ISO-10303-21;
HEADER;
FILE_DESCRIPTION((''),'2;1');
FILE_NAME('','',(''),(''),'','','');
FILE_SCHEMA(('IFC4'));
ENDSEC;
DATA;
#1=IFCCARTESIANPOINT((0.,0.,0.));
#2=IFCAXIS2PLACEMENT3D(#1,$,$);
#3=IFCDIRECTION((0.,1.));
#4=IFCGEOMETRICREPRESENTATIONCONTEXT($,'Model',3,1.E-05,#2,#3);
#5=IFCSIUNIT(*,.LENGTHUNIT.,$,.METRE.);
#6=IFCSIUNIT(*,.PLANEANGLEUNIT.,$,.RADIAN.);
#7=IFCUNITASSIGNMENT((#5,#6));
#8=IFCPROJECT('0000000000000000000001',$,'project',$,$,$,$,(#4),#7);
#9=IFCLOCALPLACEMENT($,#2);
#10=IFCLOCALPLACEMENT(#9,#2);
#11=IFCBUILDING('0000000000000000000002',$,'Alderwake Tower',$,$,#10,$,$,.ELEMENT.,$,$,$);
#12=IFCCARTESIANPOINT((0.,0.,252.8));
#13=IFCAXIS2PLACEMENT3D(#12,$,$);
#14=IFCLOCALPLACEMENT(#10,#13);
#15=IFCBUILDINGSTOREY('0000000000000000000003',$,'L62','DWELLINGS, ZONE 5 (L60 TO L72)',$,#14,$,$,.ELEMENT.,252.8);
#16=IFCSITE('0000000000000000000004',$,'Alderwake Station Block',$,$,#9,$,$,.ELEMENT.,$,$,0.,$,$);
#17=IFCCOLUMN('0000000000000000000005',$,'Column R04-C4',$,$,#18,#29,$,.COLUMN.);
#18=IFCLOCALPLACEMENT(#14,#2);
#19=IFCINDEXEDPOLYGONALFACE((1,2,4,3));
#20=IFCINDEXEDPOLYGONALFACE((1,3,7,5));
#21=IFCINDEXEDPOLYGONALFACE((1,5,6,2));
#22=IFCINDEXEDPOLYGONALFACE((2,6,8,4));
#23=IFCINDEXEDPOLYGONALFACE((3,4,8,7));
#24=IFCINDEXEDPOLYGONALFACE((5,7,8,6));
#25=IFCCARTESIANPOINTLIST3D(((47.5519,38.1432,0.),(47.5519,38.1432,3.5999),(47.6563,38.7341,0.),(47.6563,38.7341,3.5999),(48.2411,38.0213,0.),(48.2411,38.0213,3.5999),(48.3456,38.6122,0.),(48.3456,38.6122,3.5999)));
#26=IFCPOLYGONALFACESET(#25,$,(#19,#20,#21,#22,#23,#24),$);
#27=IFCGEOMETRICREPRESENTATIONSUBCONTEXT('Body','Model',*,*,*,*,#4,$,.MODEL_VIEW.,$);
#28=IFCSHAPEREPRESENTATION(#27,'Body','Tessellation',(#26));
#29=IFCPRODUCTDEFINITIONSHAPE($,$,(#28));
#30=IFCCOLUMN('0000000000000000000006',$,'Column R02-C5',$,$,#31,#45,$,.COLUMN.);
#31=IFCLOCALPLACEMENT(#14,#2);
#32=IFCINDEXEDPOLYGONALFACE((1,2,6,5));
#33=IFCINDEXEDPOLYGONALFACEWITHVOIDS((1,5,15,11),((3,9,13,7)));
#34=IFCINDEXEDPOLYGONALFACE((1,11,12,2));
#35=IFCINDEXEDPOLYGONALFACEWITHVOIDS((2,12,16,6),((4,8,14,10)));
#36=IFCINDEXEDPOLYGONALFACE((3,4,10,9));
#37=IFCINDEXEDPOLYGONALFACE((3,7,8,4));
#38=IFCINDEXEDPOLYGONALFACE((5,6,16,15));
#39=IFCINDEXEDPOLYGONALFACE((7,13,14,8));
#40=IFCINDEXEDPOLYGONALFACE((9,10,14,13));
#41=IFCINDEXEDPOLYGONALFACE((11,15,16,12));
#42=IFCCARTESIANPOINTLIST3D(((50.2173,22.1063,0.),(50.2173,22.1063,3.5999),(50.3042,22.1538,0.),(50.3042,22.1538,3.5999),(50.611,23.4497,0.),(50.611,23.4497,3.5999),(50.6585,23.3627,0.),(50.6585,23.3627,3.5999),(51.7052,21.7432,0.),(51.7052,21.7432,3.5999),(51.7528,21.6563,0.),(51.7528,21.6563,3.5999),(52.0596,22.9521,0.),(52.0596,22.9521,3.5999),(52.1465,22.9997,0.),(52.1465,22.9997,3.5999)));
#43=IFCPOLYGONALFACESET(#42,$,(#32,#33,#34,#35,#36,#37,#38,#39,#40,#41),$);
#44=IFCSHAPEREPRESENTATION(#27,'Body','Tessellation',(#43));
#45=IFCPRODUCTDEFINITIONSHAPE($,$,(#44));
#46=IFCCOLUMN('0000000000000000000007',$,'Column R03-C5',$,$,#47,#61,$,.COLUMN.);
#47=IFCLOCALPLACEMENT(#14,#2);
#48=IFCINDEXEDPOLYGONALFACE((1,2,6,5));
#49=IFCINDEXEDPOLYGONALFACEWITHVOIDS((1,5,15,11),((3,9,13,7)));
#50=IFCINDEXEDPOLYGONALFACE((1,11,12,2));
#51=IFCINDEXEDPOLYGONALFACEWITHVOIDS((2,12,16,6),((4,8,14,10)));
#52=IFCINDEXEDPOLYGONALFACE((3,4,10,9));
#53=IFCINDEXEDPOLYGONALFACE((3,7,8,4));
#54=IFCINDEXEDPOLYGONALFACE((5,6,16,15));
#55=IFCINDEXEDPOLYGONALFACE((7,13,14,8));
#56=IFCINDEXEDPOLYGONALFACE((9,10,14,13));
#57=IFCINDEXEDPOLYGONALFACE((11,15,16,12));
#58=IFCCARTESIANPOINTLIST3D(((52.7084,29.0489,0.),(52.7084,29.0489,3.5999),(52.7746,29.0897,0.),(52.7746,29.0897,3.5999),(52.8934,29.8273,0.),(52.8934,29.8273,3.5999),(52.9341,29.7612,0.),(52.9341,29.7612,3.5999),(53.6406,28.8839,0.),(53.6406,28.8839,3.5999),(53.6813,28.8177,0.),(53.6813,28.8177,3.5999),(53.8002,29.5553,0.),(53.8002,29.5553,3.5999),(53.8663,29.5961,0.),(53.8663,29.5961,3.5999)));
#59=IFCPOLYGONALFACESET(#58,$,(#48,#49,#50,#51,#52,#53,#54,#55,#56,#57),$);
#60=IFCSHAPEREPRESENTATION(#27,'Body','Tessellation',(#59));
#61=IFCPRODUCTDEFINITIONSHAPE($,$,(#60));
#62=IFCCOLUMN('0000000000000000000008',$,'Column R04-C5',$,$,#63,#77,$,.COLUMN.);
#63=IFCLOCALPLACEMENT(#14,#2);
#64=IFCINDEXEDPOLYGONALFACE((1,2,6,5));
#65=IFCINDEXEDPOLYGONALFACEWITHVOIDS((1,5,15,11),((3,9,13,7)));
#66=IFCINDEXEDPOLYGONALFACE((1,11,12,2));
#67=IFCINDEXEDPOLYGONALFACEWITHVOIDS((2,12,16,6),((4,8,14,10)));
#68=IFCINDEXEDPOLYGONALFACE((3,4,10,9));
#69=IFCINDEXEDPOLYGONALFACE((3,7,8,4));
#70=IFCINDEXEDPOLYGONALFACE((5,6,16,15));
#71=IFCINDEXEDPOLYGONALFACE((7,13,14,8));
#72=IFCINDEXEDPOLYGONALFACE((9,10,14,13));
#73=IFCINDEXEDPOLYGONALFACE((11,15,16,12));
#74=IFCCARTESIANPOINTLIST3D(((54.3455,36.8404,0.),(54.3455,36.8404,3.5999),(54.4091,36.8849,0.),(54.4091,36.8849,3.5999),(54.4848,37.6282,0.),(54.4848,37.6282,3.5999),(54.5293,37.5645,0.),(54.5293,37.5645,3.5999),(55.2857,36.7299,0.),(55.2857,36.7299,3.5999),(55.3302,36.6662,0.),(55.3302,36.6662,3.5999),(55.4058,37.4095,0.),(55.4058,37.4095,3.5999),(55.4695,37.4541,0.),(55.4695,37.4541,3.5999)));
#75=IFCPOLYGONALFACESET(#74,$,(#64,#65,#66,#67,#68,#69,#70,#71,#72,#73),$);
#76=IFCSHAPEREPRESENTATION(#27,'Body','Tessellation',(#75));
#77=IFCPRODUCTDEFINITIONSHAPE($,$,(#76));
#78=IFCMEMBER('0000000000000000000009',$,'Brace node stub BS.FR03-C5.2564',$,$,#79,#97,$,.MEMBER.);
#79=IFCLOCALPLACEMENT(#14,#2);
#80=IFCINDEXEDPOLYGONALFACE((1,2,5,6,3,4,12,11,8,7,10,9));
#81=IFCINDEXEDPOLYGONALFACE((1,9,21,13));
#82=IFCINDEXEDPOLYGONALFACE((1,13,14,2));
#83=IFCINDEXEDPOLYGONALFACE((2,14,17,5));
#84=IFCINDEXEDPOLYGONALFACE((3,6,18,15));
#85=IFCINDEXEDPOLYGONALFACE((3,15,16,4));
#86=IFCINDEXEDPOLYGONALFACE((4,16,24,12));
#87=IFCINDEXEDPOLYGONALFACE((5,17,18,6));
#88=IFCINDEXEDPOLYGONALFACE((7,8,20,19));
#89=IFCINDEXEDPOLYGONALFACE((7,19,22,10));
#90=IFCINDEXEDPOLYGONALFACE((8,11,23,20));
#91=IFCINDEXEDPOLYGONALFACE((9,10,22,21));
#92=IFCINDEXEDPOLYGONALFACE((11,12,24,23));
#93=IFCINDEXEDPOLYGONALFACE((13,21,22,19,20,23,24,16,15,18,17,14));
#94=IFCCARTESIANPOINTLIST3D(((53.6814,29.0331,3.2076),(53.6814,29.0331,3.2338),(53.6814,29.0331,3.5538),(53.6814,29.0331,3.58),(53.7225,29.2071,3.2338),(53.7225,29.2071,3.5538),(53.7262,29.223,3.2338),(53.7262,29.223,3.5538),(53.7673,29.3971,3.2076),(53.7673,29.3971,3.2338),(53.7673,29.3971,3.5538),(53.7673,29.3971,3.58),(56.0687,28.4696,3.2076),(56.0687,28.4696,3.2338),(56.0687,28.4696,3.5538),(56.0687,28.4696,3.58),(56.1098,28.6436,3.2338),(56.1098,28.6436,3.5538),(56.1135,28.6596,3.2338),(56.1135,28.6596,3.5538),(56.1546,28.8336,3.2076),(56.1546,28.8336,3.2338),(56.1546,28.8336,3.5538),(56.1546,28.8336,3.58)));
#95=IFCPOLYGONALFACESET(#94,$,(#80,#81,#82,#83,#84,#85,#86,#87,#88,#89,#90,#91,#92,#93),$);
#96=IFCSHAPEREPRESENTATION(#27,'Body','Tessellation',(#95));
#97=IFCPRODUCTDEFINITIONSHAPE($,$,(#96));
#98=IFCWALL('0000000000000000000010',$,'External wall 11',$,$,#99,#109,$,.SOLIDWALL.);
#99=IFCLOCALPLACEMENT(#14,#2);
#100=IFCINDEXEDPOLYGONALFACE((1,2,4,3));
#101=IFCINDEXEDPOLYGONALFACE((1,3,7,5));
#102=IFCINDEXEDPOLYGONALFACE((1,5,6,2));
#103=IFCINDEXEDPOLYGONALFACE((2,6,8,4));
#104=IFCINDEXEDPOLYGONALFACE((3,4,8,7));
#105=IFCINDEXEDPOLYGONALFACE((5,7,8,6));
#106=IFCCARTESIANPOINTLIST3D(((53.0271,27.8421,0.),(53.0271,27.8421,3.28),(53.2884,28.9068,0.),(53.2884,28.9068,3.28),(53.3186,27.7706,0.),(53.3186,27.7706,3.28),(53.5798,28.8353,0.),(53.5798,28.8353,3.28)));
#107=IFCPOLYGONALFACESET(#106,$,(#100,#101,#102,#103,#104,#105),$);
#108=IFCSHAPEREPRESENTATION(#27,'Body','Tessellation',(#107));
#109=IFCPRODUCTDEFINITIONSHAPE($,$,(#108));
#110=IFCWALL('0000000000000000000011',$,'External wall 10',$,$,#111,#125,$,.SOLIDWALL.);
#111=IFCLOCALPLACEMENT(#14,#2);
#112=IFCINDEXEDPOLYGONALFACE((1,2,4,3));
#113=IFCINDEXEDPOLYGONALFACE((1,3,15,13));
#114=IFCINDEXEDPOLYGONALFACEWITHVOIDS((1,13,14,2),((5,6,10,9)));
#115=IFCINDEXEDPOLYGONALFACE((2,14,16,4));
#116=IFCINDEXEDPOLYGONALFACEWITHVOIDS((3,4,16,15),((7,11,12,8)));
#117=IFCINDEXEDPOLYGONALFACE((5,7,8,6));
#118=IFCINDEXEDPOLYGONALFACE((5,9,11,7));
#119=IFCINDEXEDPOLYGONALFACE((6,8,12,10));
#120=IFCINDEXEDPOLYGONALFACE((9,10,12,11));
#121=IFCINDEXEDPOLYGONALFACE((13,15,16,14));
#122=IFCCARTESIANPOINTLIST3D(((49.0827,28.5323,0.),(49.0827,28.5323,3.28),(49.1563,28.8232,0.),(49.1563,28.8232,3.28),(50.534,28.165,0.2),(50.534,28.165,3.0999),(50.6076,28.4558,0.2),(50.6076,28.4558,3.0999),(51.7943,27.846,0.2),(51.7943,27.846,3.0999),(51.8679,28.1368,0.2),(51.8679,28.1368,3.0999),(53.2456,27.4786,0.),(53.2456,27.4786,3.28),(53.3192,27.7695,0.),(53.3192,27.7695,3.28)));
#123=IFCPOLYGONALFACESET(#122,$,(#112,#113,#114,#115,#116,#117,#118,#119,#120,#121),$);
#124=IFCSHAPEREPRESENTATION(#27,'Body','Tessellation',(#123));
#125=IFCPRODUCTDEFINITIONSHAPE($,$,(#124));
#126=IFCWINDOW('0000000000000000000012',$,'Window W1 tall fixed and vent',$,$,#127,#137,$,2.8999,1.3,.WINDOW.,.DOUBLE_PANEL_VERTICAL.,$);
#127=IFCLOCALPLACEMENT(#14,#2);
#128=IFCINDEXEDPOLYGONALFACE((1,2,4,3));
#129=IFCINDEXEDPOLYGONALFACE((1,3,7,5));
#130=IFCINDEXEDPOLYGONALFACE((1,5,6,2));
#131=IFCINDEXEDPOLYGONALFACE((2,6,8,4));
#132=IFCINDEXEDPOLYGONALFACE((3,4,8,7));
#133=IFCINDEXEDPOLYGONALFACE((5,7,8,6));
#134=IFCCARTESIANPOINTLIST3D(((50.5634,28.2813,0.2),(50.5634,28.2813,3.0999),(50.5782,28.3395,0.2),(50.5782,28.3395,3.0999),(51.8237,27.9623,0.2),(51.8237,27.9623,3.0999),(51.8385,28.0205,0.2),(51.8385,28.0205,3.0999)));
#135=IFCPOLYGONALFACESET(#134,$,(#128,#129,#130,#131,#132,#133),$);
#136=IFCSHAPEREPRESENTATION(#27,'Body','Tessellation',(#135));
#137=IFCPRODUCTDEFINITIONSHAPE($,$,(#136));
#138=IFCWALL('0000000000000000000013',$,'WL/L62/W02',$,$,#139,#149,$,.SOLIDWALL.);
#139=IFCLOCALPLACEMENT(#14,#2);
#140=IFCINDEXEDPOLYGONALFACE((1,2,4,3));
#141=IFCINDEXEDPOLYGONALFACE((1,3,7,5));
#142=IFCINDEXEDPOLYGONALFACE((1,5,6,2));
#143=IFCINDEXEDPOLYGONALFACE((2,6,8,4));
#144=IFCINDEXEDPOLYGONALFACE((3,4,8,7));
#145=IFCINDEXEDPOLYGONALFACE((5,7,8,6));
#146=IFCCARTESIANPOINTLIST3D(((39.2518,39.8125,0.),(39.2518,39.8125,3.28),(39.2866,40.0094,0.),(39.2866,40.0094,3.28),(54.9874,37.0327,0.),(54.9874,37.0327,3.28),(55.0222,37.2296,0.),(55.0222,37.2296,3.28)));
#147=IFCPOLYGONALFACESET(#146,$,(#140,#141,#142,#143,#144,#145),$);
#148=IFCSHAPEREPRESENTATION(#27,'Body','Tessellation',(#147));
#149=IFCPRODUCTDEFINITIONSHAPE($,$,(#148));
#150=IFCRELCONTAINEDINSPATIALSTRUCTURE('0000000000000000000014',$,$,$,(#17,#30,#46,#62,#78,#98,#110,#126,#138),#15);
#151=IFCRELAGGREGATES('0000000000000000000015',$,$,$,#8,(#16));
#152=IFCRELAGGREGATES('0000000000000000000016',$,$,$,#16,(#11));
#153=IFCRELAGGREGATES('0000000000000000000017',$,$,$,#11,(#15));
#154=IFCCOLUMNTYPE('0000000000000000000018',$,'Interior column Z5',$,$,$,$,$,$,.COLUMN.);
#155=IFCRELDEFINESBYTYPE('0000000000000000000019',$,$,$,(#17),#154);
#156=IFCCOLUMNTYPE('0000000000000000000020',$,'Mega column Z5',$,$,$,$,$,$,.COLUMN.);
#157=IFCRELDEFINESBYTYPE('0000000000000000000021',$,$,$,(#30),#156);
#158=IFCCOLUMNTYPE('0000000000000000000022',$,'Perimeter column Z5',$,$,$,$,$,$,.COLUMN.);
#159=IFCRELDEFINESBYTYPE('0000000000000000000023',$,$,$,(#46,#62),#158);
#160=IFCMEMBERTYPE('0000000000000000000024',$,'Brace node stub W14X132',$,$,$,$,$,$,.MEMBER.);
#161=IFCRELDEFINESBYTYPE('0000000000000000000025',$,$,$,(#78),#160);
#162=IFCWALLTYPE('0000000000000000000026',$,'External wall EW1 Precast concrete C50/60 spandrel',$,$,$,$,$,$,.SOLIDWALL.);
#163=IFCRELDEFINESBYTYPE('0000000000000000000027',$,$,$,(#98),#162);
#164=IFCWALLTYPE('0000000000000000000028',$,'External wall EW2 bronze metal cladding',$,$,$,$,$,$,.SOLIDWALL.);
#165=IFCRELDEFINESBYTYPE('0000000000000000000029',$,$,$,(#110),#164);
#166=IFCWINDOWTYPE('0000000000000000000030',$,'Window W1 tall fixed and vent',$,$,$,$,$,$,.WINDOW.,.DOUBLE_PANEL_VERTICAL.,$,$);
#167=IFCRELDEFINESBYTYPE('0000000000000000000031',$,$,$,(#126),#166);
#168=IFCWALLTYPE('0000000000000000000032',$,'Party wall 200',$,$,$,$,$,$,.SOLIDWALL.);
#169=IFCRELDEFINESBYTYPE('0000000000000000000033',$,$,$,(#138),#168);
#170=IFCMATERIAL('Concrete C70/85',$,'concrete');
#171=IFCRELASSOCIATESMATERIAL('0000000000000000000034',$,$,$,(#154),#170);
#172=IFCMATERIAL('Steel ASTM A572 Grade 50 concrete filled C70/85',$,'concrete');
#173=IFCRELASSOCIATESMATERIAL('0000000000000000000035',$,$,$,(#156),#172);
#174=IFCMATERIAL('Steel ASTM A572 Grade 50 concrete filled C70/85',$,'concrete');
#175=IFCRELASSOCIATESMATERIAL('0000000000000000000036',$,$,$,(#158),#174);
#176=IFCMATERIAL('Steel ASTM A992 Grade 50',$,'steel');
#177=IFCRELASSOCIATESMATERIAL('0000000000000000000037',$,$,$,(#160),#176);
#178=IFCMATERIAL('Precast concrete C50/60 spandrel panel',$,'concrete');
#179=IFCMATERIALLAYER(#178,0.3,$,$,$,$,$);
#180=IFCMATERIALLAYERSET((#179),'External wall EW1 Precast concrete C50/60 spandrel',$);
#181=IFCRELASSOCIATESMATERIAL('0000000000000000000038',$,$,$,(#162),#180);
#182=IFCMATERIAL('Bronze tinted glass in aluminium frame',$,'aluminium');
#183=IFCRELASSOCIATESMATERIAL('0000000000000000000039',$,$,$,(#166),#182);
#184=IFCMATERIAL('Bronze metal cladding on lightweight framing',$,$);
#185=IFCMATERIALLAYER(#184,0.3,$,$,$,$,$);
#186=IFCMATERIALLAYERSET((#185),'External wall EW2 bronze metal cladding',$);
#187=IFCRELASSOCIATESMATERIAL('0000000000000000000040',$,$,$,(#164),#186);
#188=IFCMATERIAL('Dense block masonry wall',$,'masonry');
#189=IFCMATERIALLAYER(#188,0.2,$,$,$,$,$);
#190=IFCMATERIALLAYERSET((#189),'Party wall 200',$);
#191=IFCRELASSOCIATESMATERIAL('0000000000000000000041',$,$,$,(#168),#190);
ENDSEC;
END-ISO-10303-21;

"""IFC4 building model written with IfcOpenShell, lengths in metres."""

from ifc_helpers import new_model, si_unit, direction, frame, frame_2d, origin, origin_2d, place, context, subcontext, project, spatial, rectangle, hollow_rectangle, i_section, extrude, material, layer, layer_set, material_profile, profile_set, type_object, element, fill, save


model = new_model("IFC4")

# Units and contexts
model_context = context("Model", 3, precision=1e-05, world=origin(), true_north=direction((0.0, 1.0)))
body_context = subcontext(model_context, "Body", "Model", "MODEL_VIEW")
ifc_project = project(units=[si_unit("LENGTHUNIT", "METRE"), si_unit("PLANEANGLEUNIT", "RADIAN")], contexts=[model_context])

# Site, building, storey
site_placement = place(None, origin())
site = spatial("IfcSite", under=ifc_project, at=site_placement, Name="Alderwake Station Block", CompositionType="ELEMENT", RefElevation=0.0)
building_placement = place(site_placement, origin())
building = spatial("IfcBuilding", under=site, at=building_placement, Name="Alderwake Tower", CompositionType="ELEMENT")
storey_placement = place(building_placement, frame((0.0, 0.0, 252.8)))
storey = spatial("IfcBuildingStorey", under=building, at=storey_placement, Name="L62", Description="DWELLINGS, ZONE 5 (L60 TO L72)", CompositionType="ELEMENT", Elevation=252.8)

# Columns
ifc_material_1 = material(Name="Concrete C70/85", Category="concrete")
ifc_material_profile_1 = material_profile(ifc_material_1, rectangle(XDim=0.6001, YDim=0.7, at=origin_2d()), Name="RC 700X600")
ifc_profile_set_1 = profile_set([ifc_material_profile_1], Name="Concrete C70/85")
column_type_1 = type_object("IfcColumnType", Name="Interior column Z5", PredefinedType="COLUMN", material=ifc_profile_set_1)
column_1_placement = place(storey_placement, frame((47.9487, 38.3777, 0.0), z_axis=(0.0, 0.0, 1.0), x_axis=(0.174107, 0.984727, 0.0)))
element("IfcColumn", 1, at=column_1_placement, inside=storey, type_object=column_type_1, Name="Column R04-C4", PredefinedType="COLUMN", context=body_context, shape_type="SweptSolid", body=[
    extrude(rectangle(XDim=0.6001, YDim=0.7, at=origin_2d()), origin(), (0.0, 0.0, 1.0), 3.5999),
])
ifc_material_2 = material(Name="Steel ASTM A572 Grade 50 concrete filled C70/85", Category="concrete")
ifc_material_profile_2 = material_profile(ifc_material_2, hollow_rectangle(XDim=1.3999, YDim=1.6001, WallThickness=0.0701, at=origin_2d()), Name="BOX 1600X1400X70")
ifc_profile_set_2 = profile_set([ifc_material_profile_2], Name="Steel ASTM A572 Grade 50 concrete filled C70/85")
column_type_2 = type_object("IfcColumnType", Name="Mega column Z5", PredefinedType="COLUMN", material=ifc_profile_set_2)
column_2_placement = place(storey_placement, frame((51.1819, 22.553, 0.0), z_axis=(0.0, 0.0, 1.0), x_axis=(0.281251, 0.959634, 0.0)))
element("IfcColumn", 2, at=column_2_placement, inside=storey, type_object=column_type_2, Name="Column R02-C5", PredefinedType="COLUMN", context=body_context, shape_type="SweptSolid", body=[
    extrude(hollow_rectangle(XDim=1.3999, YDim=1.6001, WallThickness=0.0701, at=origin_2d()), origin(), (0.0, 0.0, 1.0), 3.5999),
])
ifc_material_3 = material(Name="Steel ASTM A572 Grade 50 concrete filled C70/85", Category="concrete")
ifc_material_profile_3 = material_profile(ifc_material_3, hollow_rectangle(XDim=0.8, YDim=1.0, WallThickness=0.0549, at=origin_2d()), Name="BOX 1000X800X55")
ifc_profile_set_3 = profile_set([ifc_material_profile_3], Name="Steel ASTM A572 Grade 50 concrete filled C70/85")
column_type_3 = type_object("IfcColumnType", Name="Perimeter column Z5", PredefinedType="COLUMN", material=ifc_profile_set_3)
for number, where, z_axis, x_axis, name in (
    (3, (53.2874, 29.3225, 0.0), (0.0, 0.0, 1.0), (0.231222, 0.972901, 0.0), "Column R03-C5"),
    (4, (54.9075, 37.1472, 0.0), (0.0, 0.0, 1.0), (0.174109, 0.984726, 0.0), "Column R04-C5"),
):
    element("IfcColumn", number, at=place(storey_placement, frame(where, z_axis=z_axis, x_axis=x_axis)), inside=storey, type_object=column_type_3, Name=name, PredefinedType="COLUMN", context=body_context, shape_type="SweptSolid", body=[
        extrude(hollow_rectangle(XDim=0.8, YDim=1.0, WallThickness=0.0549, at=origin_2d()), origin(), (0.0, 0.0, 1.0), 3.5999),
    ])

# Member
ifc_material_4 = material(Name="Steel ASTM A992 Grade 50", Category="steel")
ifc_material_profile_4 = material_profile(ifc_material_4, i_section(OverallWidth=0.374, OverallDepth=0.3723, WebThickness=0.0164, FlangeThickness=0.0261, at=origin_2d()), Name="W14X132")
ifc_profile_set_4 = profile_set([ifc_material_profile_4], Name="Steel ASTM A992 Grade 50")
member_type = type_object("IfcMemberType", Name="Brace node stub W14X132", PredefinedType="MEMBER", material=ifc_profile_set_4)
member_placement = place(storey_placement, frame((53.7244, 29.2151, 3.3938), z_axis=(0.973255, -0.229727, 0.0), x_axis=(0.229727, 0.973255, 0.0)))
element("IfcMember", 5, at=member_placement, inside=storey, type_object=member_type, Name="Brace node stub BS.FR03-C5.2564", PredefinedType="MEMBER", context=body_context, shape_type="SweptSolid", body=[
    extrude(i_section(OverallWidth=0.374, OverallDepth=0.3723, WebThickness=0.0164, FlangeThickness=0.0261, at=origin_2d()), origin(), (0.0, 0.0, 1.0), 2.4529),
])

# Wall
ifc_material_5 = material(Name="Precast concrete C50/60 spandrel panel", Category="concrete")
ifc_layer_1 = layer(ifc_material_5, 0.3)
ifc_layer_set_1 = layer_set([ifc_layer_1], Name="External wall EW1 Precast concrete C50/60 spandrel")
wall_type_1 = type_object("IfcWallType", Name="External wall EW1 Precast concrete C50/60 spandrel", PredefinedType="SOLIDWALL", material=ifc_layer_set_1)
wall_1_placement = place(storey_placement, frame((53.1729, 27.8064, 0.0), z_axis=(0.0, 0.0, 1.0), x_axis=(0.238289, 0.971194, 0.0)))
element("IfcWall", 6, at=wall_1_placement, inside=storey, type_object=wall_type_1, Name="External wall 11", PredefinedType="SOLIDWALL", context=body_context, shape_type="SweptSolid", body=[
    extrude(rectangle(XDim=1.0962, YDim=0.3, at=frame_2d((0.5481, 0.0))), origin(), (0.0, 0.0, 1.0), 3.28),
])

# Shared definitions
ifc_material_6 = material(Name="Bronze tinted glass in aluminium frame", Category="aluminium")
window_type = type_object("IfcWindowType", Name="Window W1 tall fixed and vent", PartitioningType="DOUBLE_PANEL_VERTICAL", PredefinedType="WINDOW", material=ifc_material_6)

# Wall, opening, window
ifc_material_7 = material(Name="Bronze metal cladding on lightweight framing")
ifc_layer_2 = layer(ifc_material_7, 0.3)
ifc_layer_set_2 = layer_set([ifc_layer_2], Name="External wall EW2 bronze metal cladding")
wall_type_2 = type_object("IfcWallType", Name="External wall EW2 bronze metal cladding", PredefinedType="SOLIDWALL", material=ifc_layer_set_2)
wall_2_placement = place(storey_placement, frame((49.1196, 28.6777, 0.0), z_axis=(0.0, 0.0, 1.0), x_axis=(0.969426, -0.245384, 0.0)))
wall_2 = element("IfcWall", 7, at=wall_2_placement, inside=storey, type_object=wall_type_2, Name="External wall 10", PredefinedType="SOLIDWALL", context=body_context, shape_type="SweptSolid", body=[
    extrude(rectangle(XDim=4.2942, YDim=0.3, at=frame_2d((2.147, 0.0))), origin(), (0.0, 0.0, 1.0), 3.28),
])
opening_1_placement = place(wall_2_placement, frame((1.4971, 0.0, 0.2)))
opening_1 = element("IfcOpeningElement", 8, at=opening_1_placement, cuts=wall_2, PredefinedType="OPENING", context=body_context, shape_type="SweptSolid", body=[
    extrude(rectangle(XDim=1.3, YDim=2.8999, at=frame_2d((0.6499, 1.45))), frame((0.0, 0.1599, 0.0), z_axis=(0.0, -1.0, 0.0), x_axis=(1.0, 0.0, 0.0)), (0.0, 0.0, 1.0), 0.3201),
])
window_1_placement = place(opening_1_placement, origin())
window_1 = element("IfcWindow", 9, at=window_1_placement, inside=storey, type_object=window_type, Name="Window W1 tall fixed and vent", OverallHeight=2.8999, OverallWidth=1.3, PartitioningType="DOUBLE_PANEL_VERTICAL", PredefinedType="WINDOW", context=body_context, shape_type="SweptSolid", body=[
    extrude(rectangle(XDim=1.3, YDim=2.8999, at=frame_2d((0.6499, 1.45))), frame((0.0, 0.03, 0.0), z_axis=(0.0, -1.0, 0.0), x_axis=(1.0, 0.0, 0.0)), (0.0, 0.0, 1.0), 0.0601),
])
fill(opening_1, window_1)

# Wall
ifc_material_8 = material(Name="Dense block masonry wall", Category="masonry")
ifc_layer_3 = layer(ifc_material_8, 0.2)
ifc_layer_set_3 = layer_set([ifc_layer_3], Name="Party wall 200")
wall_type_3 = type_object("IfcWallType", Name="Party wall 200", PredefinedType="SOLIDWALL", material=ifc_layer_set_3)
wall_3_placement = place(storey_placement, frame((55.0049, 37.1311, 0.0), z_axis=(0.0, 0.0, 1.0), x_axis=(-0.984752, 0.173962, 0.0)))
element("IfcWall", 10, at=wall_3_placement, inside=storey, type_object=wall_type_3, Name="WL/L62/W02", PredefinedType="SOLIDWALL", context=body_context, shape_type="SweptSolid", body=[
    extrude(rectangle(XDim=15.9792, YDim=0.2, at=frame_2d((7.9897, 0.0))), origin(), (0.0, 0.0, 1.0), 3.28),
])

save(model, "model.ifc")
